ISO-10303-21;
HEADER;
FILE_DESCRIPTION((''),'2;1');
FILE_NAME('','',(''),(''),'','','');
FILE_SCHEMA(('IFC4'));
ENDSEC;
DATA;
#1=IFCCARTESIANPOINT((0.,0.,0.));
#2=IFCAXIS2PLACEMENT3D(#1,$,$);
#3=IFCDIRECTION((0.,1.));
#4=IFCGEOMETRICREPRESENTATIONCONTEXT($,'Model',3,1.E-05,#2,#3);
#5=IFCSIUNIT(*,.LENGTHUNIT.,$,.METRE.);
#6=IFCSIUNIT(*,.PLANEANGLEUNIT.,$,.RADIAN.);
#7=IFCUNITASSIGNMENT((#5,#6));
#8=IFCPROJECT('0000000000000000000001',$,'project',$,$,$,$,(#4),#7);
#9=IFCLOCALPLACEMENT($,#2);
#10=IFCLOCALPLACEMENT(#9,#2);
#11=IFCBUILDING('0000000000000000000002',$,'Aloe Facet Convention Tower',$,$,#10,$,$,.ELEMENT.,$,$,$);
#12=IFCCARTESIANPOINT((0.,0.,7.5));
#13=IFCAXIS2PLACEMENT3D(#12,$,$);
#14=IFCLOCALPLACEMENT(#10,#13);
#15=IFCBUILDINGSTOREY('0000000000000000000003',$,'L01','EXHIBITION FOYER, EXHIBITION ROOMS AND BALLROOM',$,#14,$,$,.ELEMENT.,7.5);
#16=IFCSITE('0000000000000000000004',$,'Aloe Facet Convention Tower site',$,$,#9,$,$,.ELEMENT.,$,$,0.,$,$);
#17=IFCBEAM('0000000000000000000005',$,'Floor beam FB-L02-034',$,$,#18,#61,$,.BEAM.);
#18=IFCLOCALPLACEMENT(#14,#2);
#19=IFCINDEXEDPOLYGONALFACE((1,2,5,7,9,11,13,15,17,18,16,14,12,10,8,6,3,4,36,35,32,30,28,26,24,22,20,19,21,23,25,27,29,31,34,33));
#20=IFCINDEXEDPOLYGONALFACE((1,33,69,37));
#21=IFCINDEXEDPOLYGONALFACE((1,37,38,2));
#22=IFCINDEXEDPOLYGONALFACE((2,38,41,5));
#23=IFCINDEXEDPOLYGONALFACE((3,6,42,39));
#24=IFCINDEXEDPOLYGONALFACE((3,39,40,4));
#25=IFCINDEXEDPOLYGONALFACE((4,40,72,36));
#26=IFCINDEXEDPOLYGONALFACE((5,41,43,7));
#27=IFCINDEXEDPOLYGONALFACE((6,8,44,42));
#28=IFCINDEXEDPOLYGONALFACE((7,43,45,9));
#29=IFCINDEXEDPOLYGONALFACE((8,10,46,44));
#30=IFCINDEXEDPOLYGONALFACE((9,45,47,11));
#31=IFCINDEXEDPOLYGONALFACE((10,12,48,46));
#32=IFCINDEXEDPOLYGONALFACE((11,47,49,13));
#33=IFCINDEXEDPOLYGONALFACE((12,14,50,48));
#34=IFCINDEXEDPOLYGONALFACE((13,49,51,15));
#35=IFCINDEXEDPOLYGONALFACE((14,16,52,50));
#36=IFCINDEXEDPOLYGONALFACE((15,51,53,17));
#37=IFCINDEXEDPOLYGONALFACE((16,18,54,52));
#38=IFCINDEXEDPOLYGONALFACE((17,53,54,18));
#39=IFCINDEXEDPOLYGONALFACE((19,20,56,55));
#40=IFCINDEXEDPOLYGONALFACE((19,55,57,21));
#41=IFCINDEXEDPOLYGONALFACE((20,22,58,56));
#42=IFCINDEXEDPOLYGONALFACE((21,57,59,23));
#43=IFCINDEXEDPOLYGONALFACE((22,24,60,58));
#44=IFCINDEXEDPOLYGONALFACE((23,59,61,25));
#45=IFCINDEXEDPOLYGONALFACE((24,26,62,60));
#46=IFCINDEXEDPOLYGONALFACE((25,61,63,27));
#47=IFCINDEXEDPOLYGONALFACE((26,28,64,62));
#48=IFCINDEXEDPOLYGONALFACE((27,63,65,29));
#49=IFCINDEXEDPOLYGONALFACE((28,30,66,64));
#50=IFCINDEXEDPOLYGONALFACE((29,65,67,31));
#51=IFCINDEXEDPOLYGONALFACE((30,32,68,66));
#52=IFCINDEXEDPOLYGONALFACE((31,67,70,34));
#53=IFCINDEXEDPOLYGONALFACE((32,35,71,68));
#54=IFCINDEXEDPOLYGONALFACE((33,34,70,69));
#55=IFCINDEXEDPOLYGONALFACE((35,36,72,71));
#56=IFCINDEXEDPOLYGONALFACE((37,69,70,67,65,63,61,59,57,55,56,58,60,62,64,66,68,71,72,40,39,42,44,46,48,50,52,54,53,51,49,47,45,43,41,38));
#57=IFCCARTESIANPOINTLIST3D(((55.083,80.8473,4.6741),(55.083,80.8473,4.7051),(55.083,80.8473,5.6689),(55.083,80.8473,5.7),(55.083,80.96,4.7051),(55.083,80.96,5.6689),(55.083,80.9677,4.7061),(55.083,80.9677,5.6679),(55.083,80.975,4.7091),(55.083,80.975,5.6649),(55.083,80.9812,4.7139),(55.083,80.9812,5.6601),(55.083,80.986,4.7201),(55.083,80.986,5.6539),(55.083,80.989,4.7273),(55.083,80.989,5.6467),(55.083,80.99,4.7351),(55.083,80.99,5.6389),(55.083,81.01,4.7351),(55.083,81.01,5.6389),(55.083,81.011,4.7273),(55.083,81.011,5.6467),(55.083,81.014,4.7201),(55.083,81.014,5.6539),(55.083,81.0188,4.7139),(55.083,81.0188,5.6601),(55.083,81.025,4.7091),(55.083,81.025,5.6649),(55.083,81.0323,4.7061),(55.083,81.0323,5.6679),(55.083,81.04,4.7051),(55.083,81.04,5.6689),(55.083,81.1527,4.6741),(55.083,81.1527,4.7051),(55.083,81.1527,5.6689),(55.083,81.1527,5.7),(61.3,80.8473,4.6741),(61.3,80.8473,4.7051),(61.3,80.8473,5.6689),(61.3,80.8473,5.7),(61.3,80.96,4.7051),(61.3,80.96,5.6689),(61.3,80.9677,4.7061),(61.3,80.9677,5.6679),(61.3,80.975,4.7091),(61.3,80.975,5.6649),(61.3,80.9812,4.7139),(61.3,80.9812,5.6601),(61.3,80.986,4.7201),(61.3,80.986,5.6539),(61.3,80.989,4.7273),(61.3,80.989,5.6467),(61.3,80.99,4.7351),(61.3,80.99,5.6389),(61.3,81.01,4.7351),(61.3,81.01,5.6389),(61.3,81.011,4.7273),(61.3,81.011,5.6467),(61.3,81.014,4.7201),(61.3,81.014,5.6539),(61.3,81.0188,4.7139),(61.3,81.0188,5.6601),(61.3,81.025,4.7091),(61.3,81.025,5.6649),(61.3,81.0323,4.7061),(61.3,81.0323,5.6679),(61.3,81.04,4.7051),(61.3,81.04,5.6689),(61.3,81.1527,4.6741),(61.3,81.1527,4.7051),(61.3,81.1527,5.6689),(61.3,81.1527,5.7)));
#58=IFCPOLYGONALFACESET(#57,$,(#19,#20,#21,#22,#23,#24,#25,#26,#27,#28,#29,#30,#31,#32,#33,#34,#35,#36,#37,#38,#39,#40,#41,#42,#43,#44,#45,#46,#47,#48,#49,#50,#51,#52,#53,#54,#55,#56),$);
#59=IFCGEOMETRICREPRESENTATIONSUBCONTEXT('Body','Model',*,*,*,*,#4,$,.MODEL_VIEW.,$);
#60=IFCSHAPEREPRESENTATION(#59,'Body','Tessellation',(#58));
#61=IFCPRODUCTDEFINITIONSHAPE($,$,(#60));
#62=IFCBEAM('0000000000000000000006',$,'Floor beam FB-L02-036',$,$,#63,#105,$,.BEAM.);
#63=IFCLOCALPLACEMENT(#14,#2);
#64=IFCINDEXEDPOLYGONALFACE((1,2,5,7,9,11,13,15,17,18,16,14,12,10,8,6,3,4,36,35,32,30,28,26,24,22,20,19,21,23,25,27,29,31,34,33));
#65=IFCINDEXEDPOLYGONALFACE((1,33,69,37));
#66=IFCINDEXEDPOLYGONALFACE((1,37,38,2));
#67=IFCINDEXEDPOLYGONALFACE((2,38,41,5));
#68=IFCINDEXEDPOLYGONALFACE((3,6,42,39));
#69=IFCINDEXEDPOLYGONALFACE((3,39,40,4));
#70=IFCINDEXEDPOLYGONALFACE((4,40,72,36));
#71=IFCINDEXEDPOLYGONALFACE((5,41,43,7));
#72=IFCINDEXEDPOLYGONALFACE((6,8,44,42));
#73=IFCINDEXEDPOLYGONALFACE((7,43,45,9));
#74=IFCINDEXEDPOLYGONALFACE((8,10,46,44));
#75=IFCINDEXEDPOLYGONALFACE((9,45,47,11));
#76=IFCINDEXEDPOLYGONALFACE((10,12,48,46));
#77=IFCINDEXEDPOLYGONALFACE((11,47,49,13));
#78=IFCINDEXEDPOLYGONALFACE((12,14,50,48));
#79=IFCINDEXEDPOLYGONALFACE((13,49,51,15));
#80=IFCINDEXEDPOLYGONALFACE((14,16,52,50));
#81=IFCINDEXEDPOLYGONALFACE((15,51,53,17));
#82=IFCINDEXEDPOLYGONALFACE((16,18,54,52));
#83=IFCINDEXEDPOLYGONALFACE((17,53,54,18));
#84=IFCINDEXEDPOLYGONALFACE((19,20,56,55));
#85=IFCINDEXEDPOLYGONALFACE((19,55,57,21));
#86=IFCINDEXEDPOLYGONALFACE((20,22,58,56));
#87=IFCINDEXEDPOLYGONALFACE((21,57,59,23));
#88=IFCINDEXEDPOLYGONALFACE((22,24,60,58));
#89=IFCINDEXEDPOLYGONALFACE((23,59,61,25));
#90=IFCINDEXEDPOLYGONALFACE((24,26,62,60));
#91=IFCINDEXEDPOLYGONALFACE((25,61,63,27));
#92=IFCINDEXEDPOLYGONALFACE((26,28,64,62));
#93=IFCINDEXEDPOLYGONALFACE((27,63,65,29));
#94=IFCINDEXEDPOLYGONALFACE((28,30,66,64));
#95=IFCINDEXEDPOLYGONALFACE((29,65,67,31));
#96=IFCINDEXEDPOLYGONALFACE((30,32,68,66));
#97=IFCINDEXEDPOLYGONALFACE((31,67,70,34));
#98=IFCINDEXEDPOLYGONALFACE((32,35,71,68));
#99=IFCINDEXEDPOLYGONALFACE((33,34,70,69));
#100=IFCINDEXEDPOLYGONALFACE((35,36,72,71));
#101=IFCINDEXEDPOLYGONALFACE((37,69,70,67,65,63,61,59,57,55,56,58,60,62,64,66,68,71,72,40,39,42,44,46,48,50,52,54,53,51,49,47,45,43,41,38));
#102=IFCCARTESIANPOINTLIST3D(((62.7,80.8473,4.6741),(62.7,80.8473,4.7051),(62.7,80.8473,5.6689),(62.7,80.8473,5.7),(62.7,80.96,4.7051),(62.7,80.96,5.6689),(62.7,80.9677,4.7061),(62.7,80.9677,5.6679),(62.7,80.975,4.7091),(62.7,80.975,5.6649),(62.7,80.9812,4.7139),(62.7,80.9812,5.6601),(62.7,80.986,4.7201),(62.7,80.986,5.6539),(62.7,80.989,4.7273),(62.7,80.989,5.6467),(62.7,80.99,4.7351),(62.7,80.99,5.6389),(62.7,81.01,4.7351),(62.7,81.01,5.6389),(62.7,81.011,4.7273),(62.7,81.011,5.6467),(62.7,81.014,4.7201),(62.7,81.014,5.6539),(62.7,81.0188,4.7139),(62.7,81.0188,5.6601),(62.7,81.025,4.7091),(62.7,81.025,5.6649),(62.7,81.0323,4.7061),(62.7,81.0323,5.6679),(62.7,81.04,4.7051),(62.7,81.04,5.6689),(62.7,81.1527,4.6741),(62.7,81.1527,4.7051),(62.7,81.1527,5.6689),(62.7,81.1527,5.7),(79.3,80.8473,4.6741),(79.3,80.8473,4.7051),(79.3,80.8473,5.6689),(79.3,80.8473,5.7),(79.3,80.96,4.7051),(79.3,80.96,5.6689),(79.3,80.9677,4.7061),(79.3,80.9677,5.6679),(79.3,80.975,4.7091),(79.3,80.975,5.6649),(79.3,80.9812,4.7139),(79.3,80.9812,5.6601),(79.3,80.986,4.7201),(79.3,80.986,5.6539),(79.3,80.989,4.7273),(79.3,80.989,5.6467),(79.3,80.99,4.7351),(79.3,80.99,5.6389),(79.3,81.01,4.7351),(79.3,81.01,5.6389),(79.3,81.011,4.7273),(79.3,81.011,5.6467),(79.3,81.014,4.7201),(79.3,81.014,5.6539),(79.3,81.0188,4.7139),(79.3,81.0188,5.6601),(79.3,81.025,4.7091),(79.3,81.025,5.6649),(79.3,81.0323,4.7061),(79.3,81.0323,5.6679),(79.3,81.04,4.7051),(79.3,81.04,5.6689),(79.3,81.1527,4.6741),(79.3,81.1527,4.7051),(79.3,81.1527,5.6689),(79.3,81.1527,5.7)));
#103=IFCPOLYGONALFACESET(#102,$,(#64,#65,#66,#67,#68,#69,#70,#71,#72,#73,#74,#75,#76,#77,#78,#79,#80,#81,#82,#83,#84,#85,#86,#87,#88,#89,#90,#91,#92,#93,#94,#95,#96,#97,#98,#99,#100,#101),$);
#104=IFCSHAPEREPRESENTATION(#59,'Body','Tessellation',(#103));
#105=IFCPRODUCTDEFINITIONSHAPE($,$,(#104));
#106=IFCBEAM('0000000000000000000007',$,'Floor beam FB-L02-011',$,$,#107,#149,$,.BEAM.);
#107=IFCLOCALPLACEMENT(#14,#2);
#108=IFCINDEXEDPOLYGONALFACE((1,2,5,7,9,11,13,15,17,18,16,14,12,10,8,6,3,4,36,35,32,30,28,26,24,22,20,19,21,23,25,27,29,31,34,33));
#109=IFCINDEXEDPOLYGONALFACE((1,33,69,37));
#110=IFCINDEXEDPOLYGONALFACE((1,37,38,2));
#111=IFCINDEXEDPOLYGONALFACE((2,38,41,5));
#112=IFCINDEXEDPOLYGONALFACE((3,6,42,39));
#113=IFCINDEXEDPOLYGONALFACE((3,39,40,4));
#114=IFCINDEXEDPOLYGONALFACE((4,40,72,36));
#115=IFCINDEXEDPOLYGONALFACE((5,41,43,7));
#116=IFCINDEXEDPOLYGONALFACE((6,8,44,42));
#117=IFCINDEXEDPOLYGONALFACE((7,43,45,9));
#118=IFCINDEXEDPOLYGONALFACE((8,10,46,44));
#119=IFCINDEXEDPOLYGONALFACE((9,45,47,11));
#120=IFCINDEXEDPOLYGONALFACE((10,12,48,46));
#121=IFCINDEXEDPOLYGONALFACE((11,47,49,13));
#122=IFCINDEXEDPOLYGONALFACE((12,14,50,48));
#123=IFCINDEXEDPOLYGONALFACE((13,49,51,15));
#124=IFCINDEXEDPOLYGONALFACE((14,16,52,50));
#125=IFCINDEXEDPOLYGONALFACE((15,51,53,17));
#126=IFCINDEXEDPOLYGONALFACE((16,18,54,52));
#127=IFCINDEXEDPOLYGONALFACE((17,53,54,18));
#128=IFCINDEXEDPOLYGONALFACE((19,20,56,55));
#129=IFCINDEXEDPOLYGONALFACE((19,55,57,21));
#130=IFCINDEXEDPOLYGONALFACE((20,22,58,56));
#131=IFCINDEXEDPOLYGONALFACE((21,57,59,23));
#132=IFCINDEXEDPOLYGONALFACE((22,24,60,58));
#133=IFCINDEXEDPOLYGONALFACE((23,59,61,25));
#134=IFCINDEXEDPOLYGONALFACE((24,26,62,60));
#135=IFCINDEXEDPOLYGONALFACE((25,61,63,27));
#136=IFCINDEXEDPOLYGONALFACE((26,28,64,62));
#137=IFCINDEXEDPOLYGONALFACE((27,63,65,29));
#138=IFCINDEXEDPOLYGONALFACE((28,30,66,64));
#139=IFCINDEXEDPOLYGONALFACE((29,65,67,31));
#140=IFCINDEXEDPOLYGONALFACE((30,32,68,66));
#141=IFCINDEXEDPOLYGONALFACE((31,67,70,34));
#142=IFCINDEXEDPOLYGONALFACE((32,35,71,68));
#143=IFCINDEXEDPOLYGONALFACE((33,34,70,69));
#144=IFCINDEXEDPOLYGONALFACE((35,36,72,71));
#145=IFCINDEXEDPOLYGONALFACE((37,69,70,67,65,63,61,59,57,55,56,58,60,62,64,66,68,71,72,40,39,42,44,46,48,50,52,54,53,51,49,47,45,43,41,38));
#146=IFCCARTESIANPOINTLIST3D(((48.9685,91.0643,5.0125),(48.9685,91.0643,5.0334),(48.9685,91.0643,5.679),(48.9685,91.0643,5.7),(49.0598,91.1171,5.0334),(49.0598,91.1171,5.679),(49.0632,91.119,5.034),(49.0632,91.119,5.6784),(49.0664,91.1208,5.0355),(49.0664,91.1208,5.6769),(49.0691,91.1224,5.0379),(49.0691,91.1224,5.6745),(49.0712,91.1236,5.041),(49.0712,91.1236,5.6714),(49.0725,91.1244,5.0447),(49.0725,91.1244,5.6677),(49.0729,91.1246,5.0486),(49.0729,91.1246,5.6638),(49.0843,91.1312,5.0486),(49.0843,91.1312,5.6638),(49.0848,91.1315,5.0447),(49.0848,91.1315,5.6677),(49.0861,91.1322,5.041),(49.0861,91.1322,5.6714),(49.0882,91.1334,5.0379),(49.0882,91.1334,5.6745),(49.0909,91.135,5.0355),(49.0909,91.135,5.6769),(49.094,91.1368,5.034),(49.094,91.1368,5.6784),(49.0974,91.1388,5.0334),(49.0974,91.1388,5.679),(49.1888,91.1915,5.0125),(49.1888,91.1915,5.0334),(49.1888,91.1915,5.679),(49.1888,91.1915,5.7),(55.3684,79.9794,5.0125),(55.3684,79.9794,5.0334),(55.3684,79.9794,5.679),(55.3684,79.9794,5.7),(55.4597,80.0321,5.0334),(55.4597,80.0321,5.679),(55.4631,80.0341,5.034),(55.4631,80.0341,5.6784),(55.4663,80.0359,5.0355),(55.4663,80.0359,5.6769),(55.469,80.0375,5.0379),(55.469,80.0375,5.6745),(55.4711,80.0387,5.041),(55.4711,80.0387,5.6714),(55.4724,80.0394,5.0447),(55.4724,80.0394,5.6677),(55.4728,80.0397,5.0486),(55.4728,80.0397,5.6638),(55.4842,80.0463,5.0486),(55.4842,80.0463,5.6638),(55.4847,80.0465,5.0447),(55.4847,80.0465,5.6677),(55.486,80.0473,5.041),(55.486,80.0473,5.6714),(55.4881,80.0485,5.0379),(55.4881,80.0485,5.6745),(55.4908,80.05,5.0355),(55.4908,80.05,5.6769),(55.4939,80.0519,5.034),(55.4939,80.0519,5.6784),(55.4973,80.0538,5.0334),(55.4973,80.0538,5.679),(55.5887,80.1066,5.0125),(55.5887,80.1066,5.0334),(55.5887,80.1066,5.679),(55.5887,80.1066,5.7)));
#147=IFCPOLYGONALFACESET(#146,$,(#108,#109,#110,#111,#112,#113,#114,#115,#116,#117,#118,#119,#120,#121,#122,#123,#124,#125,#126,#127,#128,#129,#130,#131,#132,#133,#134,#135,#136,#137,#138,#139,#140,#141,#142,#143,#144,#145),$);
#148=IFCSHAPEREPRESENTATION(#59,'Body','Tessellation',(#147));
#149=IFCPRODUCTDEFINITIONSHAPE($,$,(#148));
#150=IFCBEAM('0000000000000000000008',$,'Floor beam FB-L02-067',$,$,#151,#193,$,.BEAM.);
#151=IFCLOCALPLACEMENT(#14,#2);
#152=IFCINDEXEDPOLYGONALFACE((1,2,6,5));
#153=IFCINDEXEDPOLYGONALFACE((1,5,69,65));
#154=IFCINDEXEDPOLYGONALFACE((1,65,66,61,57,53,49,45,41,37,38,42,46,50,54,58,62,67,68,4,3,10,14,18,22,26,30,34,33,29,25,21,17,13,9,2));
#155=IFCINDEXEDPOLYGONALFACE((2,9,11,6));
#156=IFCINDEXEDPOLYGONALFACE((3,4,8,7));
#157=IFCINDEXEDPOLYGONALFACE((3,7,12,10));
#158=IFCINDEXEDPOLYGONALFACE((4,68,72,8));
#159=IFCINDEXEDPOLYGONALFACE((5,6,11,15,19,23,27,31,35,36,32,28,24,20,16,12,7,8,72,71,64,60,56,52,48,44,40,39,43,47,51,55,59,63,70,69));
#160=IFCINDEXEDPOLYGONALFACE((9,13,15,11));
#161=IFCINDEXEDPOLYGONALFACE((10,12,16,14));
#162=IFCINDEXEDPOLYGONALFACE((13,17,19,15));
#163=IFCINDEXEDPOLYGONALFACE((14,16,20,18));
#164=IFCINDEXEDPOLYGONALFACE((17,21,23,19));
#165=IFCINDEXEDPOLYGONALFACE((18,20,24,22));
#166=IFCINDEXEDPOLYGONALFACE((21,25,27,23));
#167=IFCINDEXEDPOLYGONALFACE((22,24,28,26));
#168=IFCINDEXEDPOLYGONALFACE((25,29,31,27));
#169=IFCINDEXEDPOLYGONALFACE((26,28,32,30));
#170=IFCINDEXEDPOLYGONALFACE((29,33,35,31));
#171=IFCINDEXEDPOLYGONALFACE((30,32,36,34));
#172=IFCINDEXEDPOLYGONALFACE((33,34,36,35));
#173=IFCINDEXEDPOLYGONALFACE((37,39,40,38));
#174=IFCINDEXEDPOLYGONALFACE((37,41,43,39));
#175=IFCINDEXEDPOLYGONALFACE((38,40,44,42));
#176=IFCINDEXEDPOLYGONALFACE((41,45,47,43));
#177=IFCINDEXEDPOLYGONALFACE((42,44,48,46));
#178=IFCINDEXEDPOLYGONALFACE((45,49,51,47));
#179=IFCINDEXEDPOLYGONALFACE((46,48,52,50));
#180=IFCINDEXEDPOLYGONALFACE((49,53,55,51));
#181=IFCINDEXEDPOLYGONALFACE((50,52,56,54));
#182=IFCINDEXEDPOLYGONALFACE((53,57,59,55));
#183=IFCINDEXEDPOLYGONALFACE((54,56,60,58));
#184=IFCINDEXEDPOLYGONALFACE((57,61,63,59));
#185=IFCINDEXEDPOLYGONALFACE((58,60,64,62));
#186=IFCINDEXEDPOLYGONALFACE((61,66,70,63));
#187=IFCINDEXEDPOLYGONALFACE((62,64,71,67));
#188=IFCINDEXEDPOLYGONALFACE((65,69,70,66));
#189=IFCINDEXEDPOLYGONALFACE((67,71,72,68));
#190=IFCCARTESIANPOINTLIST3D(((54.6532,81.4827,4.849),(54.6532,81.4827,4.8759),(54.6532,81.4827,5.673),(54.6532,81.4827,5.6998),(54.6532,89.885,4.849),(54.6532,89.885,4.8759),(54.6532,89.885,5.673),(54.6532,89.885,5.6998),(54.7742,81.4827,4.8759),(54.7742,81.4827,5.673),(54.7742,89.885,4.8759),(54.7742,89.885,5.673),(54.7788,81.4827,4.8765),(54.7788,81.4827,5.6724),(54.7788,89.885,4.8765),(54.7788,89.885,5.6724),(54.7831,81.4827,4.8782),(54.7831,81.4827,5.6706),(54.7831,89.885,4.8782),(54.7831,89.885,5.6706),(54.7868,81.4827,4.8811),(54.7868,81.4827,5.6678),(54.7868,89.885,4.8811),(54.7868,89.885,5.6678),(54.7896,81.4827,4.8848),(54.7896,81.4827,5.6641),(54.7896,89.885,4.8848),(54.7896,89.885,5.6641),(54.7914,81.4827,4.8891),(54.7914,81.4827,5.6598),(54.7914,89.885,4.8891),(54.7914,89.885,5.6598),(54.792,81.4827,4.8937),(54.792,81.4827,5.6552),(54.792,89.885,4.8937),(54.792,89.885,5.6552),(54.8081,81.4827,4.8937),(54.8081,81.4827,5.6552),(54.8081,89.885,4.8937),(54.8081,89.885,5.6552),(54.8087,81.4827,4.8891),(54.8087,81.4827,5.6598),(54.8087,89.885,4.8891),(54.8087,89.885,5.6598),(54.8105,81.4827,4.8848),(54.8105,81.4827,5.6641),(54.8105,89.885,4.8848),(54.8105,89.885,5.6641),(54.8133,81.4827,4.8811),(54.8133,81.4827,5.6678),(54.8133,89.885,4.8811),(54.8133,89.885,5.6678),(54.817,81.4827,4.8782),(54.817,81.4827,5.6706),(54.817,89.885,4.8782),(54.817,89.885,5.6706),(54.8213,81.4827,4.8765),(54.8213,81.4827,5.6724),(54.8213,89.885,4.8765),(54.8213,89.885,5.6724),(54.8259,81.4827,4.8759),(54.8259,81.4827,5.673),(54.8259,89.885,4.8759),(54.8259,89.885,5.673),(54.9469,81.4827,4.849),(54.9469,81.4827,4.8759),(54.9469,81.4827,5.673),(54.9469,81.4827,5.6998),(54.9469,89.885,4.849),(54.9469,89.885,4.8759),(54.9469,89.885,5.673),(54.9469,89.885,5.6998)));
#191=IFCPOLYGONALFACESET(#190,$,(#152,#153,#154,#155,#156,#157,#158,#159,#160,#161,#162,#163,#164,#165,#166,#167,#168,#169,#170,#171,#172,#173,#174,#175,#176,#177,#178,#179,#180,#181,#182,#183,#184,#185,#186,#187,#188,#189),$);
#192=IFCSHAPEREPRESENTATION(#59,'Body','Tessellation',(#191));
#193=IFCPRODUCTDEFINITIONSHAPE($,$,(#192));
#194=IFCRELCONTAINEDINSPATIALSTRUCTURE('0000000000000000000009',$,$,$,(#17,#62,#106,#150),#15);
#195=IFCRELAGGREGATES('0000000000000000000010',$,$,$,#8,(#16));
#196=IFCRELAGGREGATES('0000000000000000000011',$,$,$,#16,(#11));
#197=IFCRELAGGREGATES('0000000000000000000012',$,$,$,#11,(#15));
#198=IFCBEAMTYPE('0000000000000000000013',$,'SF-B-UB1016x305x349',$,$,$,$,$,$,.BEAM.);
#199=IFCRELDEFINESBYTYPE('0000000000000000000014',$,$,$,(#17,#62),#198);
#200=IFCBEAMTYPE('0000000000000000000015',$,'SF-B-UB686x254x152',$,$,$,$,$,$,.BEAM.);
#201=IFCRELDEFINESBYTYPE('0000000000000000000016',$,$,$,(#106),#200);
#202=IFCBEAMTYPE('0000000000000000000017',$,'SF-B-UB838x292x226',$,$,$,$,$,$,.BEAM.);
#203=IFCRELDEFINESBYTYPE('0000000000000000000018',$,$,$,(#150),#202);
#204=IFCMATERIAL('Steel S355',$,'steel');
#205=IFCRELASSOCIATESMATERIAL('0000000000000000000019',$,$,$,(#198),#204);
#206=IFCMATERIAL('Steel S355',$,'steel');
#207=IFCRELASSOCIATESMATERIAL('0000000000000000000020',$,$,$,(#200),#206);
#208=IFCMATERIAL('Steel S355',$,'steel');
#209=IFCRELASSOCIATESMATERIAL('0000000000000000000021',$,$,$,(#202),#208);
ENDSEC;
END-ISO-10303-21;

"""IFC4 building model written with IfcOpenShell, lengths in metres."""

from ifc_helpers import new_model, si_unit, direction, frame, origin, origin_2d, place, context, subcontext, project, spatial, i_section, extrude, material, material_profile, profile_set, type_object, element, save


model = new_model("IFC4")

# Units and contexts
model_context = context("Model", 3, precision=1e-05, world=origin(), true_north=direction((0.0, 1.0)))
body_context = subcontext(model_context, "Body", "Model", "MODEL_VIEW")
ifc_project = project(units=[si_unit("LENGTHUNIT", "METRE"), si_unit("PLANEANGLEUNIT", "RADIAN")], contexts=[model_context])

# Site, building, storey
site_placement = place(None, origin())
site = spatial("IfcSite", under=ifc_project, at=site_placement, Name="Aloe Facet Convention Tower site", CompositionType="ELEMENT", RefElevation=0.0)
building_placement = place(site_placement, origin())
building = spatial("IfcBuilding", under=site, at=building_placement, Name="Aloe Facet Convention Tower", CompositionType="ELEMENT")
storey_placement = place(building_placement, frame((0.0, 0.0, 7.5)))
storey = spatial("IfcBuildingStorey", under=building, at=storey_placement, Name="L01", Description="EXHIBITION FOYER, EXHIBITION ROOMS AND BALLROOM", CompositionType="ELEMENT", Elevation=7.5)

# Beams
ifc_material_1 = material(Name="Steel S355", Category="steel")
ifc_material_profile_1 = material_profile(ifc_material_1, i_section(OverallWidth=0.3054, OverallDepth=1.0259, WebThickness=0.02, FlangeThickness=0.031, FilletRadius=0.03, at=origin_2d()), Name="UB 1016x305x349")
ifc_profile_set_1 = profile_set([ifc_material_profile_1], Name="Steel S355")
beam_type_1 = type_object("IfcBeamType", Name="SF-B-UB1016x305x349", PredefinedType="BEAM", material=ifc_profile_set_1)
beam_1_placement = place(storey_placement, frame((55.083, 81.0, 5.187), z_axis=(1.0, 0.0, 0.0), x_axis=(0.0, 1.0, 0.0)))
element("IfcBeam", 1, at=beam_1_placement, inside=storey, type_object=beam_type_1, Name="Floor beam FB-L02-034", PredefinedType="BEAM", context=body_context, shape_type="SweptSolid", body=[
    extrude(i_section(OverallWidth=0.3054, OverallDepth=1.0259, WebThickness=0.02, FlangeThickness=0.031, FilletRadius=0.03, at=origin_2d()), origin(), (0.0, 0.0, 1.0), 6.217),
])
beam_2_placement = place(storey_placement, frame((62.7, 81.0, 5.187), z_axis=(1.0, 0.0, 0.0), x_axis=(0.0, 1.0, 0.0)))
element("IfcBeam", 2, at=beam_2_placement, inside=storey, type_object=beam_type_1, Name="Floor beam FB-L02-036", PredefinedType="BEAM", context=body_context, shape_type="SweptSolid", body=[
    extrude(i_section(OverallWidth=0.3054, OverallDepth=1.0259, WebThickness=0.02, FlangeThickness=0.031, FilletRadius=0.03, at=origin_2d()), origin(), (0.0, 0.0, 1.0), 16.6001),
])
ifc_material_2 = material(Name="Steel S355", Category="steel")
ifc_material_profile_2 = material_profile(ifc_material_2, i_section(OverallWidth=0.2544, OverallDepth=0.6875, WebThickness=0.0132, FlangeThickness=0.021, FilletRadius=0.0151, at=origin_2d()), Name="UB 686x254x152")
ifc_profile_set_2 = profile_set([ifc_material_profile_2], Name="Steel S355")
beam_type_2 = type_object("IfcBeamType", Name="SF-B-UB686x254x152", PredefinedType="BEAM", material=ifc_profile_set_2)
beam_3_placement = place(storey_placement, frame((55.4785, 80.043, 5.3562), z_axis=(-0.5, 0.866025, 0.0), x_axis=(-0.866025, -0.5, 0.0)))
element("IfcBeam", 3, at=beam_3_placement, inside=storey, type_object=beam_type_2, Name="Floor beam FB-L02-011", PredefinedType="BEAM", context=body_context, shape_type="SweptSolid", body=[
    extrude(i_section(OverallWidth=0.2544, OverallDepth=0.6875, WebThickness=0.0132, FlangeThickness=0.021, FilletRadius=0.0151, at=origin_2d()), origin(), (0.0, 0.0, 1.0), 12.7998),
])
ifc_material_3 = material(Name="Steel S355", Category="steel")
ifc_material_profile_3 = material_profile(ifc_material_3, i_section(OverallWidth=0.2937, OverallDepth=0.8508, WebThickness=0.0161, FlangeThickness=0.0269, FilletRadius=0.0178, at=origin_2d()), Name="UB 838x292x226")
ifc_profile_set_3 = profile_set([ifc_material_profile_3], Name="Steel S355")
beam_type_3 = type_object("IfcBeamType", Name="SF-B-UB838x292x226", PredefinedType="BEAM", material=ifc_profile_set_3)
beam_4_placement = place(storey_placement, frame((54.8, 81.4827, 5.2744), z_axis=(0.0, 1.0, 0.0), x_axis=(-1.0, 0.0, 0.0)))
element("IfcBeam", 4, at=beam_4_placement, inside=storey, type_object=beam_type_3, Name="Floor beam FB-L02-067", PredefinedType="BEAM", context=body_context, shape_type="SweptSolid", body=[
    extrude(i_section(OverallWidth=0.2937, OverallDepth=0.8508, WebThickness=0.0161, FlangeThickness=0.0269, FilletRadius=0.0178, at=origin_2d()), origin(), (0.0, 0.0, 1.0), 8.4023),
])

save(model, "model.ifc")
